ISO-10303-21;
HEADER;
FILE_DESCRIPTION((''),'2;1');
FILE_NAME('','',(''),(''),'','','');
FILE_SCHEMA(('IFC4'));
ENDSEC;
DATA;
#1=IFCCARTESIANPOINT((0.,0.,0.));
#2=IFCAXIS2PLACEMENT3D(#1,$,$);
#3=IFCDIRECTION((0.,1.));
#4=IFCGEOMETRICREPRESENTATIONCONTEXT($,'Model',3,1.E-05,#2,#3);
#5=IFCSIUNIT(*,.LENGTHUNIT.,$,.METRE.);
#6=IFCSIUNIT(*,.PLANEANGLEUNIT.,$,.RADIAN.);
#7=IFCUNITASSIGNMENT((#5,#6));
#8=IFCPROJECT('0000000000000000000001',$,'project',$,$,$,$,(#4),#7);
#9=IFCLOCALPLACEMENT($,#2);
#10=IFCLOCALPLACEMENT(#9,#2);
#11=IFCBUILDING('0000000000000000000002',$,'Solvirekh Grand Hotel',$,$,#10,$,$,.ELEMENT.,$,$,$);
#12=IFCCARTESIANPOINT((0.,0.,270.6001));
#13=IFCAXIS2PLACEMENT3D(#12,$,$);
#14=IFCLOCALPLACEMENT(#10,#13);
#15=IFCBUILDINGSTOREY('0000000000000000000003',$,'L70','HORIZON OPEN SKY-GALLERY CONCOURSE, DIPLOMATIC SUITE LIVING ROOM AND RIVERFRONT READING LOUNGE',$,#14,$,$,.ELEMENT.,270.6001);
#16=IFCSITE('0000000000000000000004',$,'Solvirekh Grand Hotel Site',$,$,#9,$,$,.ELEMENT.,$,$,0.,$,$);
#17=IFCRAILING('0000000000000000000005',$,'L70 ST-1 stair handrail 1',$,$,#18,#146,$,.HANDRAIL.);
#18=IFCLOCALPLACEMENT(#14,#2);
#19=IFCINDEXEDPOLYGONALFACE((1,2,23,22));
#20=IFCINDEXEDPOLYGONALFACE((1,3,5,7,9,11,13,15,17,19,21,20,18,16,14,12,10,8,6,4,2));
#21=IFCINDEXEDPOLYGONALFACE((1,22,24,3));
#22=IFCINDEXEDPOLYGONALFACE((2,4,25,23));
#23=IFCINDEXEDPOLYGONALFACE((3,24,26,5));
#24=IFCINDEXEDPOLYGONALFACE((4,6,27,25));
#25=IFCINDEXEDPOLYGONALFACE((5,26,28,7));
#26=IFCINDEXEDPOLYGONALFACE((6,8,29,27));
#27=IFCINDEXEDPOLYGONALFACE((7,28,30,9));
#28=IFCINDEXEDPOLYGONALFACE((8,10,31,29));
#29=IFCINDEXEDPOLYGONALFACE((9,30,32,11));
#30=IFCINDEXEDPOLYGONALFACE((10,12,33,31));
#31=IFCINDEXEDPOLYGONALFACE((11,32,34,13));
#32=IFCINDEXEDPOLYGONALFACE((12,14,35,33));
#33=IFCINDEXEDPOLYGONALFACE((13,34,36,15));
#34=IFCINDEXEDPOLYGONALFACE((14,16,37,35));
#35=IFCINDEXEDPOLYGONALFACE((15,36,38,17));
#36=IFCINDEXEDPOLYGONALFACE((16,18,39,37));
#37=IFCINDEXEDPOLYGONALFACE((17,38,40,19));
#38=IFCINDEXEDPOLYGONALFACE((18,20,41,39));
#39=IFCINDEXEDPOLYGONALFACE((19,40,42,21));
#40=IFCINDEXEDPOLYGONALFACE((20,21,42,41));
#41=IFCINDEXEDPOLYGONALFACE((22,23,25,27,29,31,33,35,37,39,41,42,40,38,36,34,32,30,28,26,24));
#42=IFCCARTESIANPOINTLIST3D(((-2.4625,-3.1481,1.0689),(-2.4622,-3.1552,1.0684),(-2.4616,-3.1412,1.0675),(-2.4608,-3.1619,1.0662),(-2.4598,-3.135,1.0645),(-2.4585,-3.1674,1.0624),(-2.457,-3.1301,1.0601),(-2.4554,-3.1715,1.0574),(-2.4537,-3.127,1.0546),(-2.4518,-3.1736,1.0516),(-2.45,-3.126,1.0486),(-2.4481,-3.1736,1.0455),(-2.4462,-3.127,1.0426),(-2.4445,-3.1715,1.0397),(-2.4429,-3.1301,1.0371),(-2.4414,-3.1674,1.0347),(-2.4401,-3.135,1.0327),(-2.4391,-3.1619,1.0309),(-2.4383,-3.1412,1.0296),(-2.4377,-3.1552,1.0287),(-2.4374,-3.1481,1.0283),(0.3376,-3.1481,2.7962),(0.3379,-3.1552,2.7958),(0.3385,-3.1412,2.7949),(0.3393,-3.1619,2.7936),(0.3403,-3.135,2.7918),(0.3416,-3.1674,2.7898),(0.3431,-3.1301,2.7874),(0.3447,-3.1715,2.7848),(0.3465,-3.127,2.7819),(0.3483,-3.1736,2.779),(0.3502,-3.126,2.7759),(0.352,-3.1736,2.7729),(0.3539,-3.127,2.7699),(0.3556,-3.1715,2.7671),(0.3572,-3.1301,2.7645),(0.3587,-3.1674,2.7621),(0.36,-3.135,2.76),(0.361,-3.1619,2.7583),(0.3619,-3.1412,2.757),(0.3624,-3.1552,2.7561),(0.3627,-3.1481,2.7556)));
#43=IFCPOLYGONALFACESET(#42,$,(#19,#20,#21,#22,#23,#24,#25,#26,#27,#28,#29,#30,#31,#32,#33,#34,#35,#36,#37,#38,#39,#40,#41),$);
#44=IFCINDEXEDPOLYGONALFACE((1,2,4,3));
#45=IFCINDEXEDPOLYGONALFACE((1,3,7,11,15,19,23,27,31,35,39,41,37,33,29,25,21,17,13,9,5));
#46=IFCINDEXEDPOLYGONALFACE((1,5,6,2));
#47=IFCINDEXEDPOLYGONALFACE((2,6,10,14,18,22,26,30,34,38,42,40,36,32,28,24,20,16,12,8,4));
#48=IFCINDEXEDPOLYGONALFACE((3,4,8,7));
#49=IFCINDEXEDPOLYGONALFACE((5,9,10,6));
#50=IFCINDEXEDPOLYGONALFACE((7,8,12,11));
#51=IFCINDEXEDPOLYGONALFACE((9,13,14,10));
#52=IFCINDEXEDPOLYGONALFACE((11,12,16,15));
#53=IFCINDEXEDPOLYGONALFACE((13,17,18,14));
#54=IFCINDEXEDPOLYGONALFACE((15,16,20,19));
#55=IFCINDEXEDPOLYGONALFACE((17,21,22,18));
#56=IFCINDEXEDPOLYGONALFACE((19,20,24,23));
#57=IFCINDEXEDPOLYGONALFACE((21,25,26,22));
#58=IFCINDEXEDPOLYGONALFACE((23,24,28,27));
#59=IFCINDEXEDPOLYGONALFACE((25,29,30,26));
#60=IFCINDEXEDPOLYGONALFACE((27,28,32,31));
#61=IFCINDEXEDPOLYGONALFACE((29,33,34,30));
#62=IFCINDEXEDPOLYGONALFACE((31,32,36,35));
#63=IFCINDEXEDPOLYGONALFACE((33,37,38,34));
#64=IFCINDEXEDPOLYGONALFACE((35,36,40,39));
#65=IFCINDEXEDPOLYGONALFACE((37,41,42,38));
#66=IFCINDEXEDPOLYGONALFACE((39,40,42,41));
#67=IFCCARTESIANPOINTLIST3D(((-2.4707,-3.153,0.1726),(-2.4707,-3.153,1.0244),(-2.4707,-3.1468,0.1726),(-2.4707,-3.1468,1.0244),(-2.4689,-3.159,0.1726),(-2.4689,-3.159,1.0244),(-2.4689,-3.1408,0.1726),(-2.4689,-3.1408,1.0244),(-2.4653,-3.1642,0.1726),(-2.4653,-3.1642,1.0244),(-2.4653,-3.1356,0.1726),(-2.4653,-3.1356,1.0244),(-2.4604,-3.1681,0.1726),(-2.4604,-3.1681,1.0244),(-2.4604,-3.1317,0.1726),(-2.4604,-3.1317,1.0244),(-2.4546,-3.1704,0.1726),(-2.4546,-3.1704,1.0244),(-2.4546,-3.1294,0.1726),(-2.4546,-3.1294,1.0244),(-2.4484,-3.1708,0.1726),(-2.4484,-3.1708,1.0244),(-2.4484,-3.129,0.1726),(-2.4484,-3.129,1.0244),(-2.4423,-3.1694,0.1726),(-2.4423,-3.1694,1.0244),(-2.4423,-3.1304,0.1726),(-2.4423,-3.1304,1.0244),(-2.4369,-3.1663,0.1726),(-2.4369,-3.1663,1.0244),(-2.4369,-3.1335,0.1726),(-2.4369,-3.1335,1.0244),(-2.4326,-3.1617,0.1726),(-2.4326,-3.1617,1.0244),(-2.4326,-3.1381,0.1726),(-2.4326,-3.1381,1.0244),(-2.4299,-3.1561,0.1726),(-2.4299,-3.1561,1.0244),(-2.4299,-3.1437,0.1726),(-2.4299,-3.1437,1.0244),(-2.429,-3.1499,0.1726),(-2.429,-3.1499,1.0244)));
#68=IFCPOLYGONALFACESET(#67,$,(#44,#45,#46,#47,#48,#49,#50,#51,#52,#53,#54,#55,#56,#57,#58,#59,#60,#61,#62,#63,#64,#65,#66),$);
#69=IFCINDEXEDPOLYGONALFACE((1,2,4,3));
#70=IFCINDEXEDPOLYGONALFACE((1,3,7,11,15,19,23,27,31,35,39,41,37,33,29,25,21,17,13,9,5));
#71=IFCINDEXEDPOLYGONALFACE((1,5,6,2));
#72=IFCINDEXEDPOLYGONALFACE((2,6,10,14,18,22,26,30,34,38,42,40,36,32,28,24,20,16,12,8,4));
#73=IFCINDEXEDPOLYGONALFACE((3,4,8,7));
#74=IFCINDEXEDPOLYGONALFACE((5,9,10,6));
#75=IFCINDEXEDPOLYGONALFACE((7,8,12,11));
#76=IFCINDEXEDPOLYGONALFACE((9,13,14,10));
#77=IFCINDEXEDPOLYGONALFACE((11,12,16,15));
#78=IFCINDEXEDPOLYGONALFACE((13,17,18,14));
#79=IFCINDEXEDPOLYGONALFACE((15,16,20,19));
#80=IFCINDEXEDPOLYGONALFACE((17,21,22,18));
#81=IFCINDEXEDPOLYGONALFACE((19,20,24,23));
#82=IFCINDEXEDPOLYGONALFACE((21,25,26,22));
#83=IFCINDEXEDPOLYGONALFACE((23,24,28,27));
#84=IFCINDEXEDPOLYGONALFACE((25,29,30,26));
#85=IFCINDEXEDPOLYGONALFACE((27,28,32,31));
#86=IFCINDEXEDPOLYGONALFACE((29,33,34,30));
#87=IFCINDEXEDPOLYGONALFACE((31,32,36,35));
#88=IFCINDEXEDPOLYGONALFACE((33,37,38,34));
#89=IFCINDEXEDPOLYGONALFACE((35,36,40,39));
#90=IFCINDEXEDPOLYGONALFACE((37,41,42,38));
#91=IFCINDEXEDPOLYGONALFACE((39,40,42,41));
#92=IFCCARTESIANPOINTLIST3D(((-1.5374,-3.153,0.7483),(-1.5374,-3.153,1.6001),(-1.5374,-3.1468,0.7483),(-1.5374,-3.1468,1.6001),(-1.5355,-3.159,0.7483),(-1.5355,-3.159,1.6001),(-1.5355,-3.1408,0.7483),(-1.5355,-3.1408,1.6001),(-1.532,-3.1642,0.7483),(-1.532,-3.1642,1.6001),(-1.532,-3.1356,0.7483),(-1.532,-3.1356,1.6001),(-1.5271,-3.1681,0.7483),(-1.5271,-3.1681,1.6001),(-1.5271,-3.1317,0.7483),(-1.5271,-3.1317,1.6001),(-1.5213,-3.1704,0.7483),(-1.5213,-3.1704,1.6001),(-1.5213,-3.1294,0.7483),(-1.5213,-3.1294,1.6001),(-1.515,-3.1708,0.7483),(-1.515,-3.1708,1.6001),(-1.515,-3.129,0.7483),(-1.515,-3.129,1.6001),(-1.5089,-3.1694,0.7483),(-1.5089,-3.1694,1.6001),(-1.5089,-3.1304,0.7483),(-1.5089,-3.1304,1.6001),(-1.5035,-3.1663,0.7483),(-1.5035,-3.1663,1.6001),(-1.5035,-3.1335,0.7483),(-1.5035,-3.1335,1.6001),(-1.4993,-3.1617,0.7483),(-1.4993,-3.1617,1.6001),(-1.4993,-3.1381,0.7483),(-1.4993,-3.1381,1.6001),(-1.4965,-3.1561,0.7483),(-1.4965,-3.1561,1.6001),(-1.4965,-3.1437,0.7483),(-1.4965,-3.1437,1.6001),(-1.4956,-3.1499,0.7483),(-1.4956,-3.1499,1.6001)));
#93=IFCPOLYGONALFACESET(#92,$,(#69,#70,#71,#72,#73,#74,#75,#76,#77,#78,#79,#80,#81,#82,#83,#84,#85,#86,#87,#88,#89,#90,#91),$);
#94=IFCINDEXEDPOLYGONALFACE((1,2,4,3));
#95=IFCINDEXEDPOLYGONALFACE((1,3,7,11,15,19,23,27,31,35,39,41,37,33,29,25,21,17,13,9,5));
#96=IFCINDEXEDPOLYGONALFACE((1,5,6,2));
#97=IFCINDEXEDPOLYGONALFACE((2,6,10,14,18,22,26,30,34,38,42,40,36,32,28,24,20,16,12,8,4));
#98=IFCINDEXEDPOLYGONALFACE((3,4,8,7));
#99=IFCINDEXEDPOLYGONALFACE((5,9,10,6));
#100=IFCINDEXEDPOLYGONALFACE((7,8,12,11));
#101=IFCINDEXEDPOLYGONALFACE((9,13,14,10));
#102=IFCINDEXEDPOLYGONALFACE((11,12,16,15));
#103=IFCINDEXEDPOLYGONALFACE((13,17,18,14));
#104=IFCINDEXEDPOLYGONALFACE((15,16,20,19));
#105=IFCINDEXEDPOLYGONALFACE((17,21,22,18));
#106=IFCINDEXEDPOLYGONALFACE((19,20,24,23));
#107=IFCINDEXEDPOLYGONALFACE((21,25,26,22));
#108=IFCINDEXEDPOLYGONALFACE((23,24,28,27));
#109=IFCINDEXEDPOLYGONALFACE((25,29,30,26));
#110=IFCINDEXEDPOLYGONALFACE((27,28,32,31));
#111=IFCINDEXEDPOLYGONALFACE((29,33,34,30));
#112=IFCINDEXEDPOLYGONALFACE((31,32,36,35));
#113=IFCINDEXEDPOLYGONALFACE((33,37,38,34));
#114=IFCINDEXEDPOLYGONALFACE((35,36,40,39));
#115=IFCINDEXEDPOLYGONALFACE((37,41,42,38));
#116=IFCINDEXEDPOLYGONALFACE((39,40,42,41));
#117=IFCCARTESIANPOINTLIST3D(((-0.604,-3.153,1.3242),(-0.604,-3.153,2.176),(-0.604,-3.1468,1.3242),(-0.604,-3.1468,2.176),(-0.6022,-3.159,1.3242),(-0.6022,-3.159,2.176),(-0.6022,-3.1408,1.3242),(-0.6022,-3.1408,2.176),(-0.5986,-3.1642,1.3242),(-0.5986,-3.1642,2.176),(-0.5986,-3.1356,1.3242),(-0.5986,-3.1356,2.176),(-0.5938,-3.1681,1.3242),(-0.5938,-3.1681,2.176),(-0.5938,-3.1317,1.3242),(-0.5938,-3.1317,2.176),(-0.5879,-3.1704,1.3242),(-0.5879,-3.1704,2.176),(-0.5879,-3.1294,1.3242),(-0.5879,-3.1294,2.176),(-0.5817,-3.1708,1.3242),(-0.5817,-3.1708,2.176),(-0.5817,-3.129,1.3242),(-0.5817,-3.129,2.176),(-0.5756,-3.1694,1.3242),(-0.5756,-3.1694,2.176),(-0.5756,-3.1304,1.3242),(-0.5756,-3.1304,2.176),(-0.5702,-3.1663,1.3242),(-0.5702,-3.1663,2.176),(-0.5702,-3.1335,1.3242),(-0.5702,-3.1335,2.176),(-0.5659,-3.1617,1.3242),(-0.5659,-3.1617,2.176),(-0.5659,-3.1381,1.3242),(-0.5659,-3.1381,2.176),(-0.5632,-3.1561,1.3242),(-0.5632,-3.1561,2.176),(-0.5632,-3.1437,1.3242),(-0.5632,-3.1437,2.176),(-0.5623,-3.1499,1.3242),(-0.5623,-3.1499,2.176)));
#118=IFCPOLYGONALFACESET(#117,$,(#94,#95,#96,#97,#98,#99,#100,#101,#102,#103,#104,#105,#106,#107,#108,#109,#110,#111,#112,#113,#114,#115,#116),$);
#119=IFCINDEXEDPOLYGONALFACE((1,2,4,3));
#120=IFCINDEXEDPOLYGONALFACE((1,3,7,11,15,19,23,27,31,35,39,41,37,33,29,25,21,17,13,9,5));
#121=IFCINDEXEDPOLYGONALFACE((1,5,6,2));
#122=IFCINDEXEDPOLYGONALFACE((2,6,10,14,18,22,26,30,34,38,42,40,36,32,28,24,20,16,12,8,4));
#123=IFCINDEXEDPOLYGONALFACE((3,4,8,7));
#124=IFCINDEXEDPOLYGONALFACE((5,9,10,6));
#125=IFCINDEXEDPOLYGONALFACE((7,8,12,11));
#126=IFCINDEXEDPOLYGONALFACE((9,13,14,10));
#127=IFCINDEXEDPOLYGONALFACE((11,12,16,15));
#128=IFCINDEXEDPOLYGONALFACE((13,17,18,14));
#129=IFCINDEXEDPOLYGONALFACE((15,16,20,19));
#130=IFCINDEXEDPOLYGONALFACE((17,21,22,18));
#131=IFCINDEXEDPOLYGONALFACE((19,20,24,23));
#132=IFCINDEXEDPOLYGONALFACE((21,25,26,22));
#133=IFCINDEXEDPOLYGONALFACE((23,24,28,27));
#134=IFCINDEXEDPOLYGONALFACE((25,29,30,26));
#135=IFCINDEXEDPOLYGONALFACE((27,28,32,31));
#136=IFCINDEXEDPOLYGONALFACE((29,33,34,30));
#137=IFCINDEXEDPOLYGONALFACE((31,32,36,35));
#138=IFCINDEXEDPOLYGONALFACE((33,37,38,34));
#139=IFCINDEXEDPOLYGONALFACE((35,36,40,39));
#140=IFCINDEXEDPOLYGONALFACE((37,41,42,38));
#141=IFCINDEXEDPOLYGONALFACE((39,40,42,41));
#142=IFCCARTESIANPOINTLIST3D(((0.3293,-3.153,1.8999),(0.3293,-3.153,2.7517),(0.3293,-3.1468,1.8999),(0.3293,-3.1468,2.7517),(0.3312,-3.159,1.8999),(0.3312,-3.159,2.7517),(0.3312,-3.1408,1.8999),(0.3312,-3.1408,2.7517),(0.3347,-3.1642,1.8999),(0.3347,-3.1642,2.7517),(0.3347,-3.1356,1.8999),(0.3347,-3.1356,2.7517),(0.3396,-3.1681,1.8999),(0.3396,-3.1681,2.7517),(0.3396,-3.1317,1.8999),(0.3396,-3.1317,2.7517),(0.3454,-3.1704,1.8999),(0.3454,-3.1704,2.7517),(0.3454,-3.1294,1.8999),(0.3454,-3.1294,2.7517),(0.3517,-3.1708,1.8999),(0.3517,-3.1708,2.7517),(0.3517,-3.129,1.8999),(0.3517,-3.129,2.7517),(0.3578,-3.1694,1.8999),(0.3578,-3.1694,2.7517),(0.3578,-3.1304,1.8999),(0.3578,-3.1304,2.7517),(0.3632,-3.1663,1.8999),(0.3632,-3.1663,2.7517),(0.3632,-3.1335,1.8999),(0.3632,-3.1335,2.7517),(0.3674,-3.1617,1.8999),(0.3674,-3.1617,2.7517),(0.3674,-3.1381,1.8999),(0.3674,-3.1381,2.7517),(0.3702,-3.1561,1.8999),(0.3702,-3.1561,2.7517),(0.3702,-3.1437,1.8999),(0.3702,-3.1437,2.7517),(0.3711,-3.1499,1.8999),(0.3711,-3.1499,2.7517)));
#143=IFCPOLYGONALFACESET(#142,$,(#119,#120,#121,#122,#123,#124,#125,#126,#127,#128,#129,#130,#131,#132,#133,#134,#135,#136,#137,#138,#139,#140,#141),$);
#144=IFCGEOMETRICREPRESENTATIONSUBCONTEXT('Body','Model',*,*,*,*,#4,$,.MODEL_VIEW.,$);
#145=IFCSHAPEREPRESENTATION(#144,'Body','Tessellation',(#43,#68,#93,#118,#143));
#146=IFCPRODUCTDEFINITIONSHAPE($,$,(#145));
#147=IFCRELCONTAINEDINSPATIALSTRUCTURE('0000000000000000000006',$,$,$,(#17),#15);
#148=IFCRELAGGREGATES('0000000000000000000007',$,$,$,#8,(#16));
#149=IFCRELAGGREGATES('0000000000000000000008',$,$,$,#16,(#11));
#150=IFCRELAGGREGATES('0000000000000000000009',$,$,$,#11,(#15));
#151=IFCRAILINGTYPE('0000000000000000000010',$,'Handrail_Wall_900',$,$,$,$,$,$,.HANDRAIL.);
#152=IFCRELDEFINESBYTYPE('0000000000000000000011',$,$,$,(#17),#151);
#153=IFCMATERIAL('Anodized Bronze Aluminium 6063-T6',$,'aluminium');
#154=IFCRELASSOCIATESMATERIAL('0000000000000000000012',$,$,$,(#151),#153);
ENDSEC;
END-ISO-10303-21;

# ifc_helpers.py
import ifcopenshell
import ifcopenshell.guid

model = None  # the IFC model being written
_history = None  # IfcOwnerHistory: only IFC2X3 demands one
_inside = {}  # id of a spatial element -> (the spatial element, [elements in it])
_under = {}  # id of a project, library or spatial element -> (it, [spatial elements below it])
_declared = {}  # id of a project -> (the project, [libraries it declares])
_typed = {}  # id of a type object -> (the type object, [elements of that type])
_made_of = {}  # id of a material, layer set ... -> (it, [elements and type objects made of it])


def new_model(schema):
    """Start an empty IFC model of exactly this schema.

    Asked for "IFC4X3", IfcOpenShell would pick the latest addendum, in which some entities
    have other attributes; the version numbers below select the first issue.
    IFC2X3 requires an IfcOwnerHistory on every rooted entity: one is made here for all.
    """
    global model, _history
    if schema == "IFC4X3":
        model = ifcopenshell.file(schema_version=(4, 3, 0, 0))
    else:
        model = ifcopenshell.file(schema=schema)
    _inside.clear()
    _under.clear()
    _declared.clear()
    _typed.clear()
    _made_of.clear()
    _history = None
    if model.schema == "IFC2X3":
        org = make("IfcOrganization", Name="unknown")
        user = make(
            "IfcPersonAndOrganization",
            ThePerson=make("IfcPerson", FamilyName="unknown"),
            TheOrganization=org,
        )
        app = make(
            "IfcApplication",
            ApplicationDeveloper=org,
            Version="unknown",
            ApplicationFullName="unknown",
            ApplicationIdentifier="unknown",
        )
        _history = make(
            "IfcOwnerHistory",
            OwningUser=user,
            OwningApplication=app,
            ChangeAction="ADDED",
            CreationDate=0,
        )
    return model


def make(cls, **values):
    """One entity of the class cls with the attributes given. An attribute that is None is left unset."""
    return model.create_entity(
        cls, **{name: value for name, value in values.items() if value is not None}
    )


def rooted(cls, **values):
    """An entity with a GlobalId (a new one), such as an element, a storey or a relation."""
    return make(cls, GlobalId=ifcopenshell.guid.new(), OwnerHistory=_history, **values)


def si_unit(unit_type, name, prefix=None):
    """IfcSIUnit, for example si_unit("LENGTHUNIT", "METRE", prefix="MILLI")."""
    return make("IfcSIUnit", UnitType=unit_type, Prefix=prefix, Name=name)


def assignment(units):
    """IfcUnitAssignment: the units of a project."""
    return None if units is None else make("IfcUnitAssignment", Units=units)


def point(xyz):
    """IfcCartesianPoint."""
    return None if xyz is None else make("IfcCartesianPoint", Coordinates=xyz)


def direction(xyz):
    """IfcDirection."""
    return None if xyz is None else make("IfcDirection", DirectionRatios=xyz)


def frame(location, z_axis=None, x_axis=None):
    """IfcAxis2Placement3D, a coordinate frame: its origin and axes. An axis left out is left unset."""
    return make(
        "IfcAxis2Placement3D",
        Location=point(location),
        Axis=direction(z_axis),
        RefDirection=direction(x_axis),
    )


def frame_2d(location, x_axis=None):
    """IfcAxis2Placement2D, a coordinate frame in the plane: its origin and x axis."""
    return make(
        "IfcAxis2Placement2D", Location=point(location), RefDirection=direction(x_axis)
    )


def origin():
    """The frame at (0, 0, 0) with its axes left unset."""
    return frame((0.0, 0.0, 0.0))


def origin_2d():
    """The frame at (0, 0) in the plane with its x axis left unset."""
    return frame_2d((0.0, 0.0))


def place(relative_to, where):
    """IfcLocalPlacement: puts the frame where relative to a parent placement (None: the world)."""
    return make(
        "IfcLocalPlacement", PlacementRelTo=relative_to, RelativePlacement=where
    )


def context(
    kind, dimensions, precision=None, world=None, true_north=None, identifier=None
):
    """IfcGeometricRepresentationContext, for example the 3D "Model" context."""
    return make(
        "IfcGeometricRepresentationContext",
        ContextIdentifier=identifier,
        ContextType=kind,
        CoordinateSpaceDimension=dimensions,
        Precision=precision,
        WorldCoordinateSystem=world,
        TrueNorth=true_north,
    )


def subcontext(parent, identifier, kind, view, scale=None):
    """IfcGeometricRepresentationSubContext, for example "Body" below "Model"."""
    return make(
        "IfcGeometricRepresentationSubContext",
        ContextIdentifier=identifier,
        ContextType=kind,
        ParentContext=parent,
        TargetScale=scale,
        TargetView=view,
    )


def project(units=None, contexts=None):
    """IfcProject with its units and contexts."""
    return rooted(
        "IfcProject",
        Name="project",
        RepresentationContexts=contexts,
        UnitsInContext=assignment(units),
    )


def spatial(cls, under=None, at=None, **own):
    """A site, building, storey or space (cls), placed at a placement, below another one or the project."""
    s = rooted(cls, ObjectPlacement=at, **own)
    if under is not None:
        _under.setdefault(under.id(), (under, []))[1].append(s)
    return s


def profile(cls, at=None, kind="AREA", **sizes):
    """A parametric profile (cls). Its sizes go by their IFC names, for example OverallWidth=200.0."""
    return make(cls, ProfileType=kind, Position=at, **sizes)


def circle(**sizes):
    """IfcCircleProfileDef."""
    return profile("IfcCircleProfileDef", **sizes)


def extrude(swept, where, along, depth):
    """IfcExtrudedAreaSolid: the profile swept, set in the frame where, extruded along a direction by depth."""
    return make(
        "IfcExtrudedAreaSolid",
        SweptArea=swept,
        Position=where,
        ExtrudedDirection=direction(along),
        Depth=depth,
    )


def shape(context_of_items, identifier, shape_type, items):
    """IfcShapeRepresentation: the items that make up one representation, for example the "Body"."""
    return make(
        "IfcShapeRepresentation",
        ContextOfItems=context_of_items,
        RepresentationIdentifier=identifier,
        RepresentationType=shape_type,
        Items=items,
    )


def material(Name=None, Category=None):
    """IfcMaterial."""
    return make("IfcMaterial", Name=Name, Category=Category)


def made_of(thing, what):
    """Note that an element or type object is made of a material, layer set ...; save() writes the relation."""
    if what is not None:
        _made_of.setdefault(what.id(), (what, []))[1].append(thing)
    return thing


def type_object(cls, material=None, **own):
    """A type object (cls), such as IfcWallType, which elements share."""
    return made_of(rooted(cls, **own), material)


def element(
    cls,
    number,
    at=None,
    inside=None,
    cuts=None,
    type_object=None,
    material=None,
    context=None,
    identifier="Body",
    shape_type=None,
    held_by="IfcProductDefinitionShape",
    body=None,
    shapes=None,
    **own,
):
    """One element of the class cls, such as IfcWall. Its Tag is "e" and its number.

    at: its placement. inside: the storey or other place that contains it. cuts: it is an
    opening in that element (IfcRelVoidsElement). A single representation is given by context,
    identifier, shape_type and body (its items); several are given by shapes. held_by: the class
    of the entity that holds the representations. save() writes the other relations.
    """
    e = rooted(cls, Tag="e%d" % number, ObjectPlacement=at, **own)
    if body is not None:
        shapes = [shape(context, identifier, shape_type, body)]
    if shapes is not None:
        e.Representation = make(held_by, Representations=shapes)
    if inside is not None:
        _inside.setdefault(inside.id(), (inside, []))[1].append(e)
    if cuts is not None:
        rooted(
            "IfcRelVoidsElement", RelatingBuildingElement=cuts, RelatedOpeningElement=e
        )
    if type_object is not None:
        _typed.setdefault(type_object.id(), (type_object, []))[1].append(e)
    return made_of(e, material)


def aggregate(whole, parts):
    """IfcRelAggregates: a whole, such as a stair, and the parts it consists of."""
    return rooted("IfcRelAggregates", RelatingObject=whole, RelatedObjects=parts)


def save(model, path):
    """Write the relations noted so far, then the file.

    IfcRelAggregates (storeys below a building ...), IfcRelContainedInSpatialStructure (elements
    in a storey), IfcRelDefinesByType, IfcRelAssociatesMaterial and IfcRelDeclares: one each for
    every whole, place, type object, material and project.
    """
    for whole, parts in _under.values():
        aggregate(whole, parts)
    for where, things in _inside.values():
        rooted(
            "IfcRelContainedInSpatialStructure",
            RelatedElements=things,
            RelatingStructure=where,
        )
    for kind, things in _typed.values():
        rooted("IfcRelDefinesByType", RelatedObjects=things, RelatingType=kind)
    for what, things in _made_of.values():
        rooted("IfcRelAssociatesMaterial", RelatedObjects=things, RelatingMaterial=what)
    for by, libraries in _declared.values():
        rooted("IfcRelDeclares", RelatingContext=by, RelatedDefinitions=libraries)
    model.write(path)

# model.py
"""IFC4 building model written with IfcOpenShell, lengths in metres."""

from ifc_helpers import new_model, si_unit, direction, frame, origin, origin_2d, place, context, subcontext, project, spatial, circle, extrude, material, type_object, element, save


model = new_model("IFC4")

# Units and contexts
model_context = context("Model", 3, precision=1e-05, world=origin(), true_north=direction((0.0, 1.0)))
body_context = subcontext(model_context, "Body", "Model", "MODEL_VIEW")
ifc_project = project(units=[si_unit("LENGTHUNIT", "METRE"), si_unit("PLANEANGLEUNIT", "RADIAN")], contexts=[model_context])

# Site, building, storey
site_placement = place(None, origin())
site = spatial("IfcSite", under=ifc_project, at=site_placement, Name="Solvirekh Grand Hotel Site", CompositionType="ELEMENT", RefElevation=0.0)
building_placement = place(site_placement, origin())
building = spatial("IfcBuilding", under=site, at=building_placement, Name="Solvirekh Grand Hotel", CompositionType="ELEMENT")
storey_placement = place(building_placement, frame((0.0, 0.0, 270.6001)))
storey = spatial("IfcBuildingStorey", under=building, at=storey_placement, Name="L70", Description="HORIZON OPEN SKY-GALLERY CONCOURSE, DIPLOMATIC SUITE LIVING ROOM AND RIVERFRONT READING LOUNGE", CompositionType="ELEMENT", Elevation=270.6001)

# Shared definitions
ifc_material_1 = material(Name="Anodized Bronze Aluminium 6063-T6", Category="aluminium")

# Railing
railing_type_1 = type_object("IfcRailingType", Name="Handrail_Wall_900", PredefinedType="HANDRAIL", material=ifc_material_1)
for number, where, name in (
    (1, (-2.45, -3.1499, 0.1726), "L70 ST-1 stair handrail 1"),
):
    element("IfcRailing", number, at=place(storey_placement, frame(where)), inside=storey, type_object=railing_type_1, Name=name, PredefinedType="HANDRAIL", context=body_context, shape_type="SweptSolid", body=[
        extrude(circle(Radius=0.0239, at=origin_2d()), frame((0.0, 0.0, 0.876), z_axis=(0.85109, 0.0, 0.52502), x_axis=(0.0, 1.0, 0.0)), (0.0, 0.0, 1.0), 3.29),
        extrude(circle(Radius=0.021, at=origin_2d()), origin(), (0.0, 0.0, 1.0), 0.8518),
        extrude(circle(Radius=0.021, at=origin_2d()), frame((0.9333, 0.0, 0.5757)), (0.0, 0.0, 1.0), 0.8518),
        extrude(circle(Radius=0.021, at=origin_2d()), frame((1.8667, 0.0, 1.1516)), (0.0, 0.0, 1.0), 0.8518),
        extrude(circle(Radius=0.021, at=origin_2d()), frame((2.8, 0.0, 1.7273)), (0.0, 0.0, 1.0), 0.8518),
    ])

save(model, "model.ifc")
